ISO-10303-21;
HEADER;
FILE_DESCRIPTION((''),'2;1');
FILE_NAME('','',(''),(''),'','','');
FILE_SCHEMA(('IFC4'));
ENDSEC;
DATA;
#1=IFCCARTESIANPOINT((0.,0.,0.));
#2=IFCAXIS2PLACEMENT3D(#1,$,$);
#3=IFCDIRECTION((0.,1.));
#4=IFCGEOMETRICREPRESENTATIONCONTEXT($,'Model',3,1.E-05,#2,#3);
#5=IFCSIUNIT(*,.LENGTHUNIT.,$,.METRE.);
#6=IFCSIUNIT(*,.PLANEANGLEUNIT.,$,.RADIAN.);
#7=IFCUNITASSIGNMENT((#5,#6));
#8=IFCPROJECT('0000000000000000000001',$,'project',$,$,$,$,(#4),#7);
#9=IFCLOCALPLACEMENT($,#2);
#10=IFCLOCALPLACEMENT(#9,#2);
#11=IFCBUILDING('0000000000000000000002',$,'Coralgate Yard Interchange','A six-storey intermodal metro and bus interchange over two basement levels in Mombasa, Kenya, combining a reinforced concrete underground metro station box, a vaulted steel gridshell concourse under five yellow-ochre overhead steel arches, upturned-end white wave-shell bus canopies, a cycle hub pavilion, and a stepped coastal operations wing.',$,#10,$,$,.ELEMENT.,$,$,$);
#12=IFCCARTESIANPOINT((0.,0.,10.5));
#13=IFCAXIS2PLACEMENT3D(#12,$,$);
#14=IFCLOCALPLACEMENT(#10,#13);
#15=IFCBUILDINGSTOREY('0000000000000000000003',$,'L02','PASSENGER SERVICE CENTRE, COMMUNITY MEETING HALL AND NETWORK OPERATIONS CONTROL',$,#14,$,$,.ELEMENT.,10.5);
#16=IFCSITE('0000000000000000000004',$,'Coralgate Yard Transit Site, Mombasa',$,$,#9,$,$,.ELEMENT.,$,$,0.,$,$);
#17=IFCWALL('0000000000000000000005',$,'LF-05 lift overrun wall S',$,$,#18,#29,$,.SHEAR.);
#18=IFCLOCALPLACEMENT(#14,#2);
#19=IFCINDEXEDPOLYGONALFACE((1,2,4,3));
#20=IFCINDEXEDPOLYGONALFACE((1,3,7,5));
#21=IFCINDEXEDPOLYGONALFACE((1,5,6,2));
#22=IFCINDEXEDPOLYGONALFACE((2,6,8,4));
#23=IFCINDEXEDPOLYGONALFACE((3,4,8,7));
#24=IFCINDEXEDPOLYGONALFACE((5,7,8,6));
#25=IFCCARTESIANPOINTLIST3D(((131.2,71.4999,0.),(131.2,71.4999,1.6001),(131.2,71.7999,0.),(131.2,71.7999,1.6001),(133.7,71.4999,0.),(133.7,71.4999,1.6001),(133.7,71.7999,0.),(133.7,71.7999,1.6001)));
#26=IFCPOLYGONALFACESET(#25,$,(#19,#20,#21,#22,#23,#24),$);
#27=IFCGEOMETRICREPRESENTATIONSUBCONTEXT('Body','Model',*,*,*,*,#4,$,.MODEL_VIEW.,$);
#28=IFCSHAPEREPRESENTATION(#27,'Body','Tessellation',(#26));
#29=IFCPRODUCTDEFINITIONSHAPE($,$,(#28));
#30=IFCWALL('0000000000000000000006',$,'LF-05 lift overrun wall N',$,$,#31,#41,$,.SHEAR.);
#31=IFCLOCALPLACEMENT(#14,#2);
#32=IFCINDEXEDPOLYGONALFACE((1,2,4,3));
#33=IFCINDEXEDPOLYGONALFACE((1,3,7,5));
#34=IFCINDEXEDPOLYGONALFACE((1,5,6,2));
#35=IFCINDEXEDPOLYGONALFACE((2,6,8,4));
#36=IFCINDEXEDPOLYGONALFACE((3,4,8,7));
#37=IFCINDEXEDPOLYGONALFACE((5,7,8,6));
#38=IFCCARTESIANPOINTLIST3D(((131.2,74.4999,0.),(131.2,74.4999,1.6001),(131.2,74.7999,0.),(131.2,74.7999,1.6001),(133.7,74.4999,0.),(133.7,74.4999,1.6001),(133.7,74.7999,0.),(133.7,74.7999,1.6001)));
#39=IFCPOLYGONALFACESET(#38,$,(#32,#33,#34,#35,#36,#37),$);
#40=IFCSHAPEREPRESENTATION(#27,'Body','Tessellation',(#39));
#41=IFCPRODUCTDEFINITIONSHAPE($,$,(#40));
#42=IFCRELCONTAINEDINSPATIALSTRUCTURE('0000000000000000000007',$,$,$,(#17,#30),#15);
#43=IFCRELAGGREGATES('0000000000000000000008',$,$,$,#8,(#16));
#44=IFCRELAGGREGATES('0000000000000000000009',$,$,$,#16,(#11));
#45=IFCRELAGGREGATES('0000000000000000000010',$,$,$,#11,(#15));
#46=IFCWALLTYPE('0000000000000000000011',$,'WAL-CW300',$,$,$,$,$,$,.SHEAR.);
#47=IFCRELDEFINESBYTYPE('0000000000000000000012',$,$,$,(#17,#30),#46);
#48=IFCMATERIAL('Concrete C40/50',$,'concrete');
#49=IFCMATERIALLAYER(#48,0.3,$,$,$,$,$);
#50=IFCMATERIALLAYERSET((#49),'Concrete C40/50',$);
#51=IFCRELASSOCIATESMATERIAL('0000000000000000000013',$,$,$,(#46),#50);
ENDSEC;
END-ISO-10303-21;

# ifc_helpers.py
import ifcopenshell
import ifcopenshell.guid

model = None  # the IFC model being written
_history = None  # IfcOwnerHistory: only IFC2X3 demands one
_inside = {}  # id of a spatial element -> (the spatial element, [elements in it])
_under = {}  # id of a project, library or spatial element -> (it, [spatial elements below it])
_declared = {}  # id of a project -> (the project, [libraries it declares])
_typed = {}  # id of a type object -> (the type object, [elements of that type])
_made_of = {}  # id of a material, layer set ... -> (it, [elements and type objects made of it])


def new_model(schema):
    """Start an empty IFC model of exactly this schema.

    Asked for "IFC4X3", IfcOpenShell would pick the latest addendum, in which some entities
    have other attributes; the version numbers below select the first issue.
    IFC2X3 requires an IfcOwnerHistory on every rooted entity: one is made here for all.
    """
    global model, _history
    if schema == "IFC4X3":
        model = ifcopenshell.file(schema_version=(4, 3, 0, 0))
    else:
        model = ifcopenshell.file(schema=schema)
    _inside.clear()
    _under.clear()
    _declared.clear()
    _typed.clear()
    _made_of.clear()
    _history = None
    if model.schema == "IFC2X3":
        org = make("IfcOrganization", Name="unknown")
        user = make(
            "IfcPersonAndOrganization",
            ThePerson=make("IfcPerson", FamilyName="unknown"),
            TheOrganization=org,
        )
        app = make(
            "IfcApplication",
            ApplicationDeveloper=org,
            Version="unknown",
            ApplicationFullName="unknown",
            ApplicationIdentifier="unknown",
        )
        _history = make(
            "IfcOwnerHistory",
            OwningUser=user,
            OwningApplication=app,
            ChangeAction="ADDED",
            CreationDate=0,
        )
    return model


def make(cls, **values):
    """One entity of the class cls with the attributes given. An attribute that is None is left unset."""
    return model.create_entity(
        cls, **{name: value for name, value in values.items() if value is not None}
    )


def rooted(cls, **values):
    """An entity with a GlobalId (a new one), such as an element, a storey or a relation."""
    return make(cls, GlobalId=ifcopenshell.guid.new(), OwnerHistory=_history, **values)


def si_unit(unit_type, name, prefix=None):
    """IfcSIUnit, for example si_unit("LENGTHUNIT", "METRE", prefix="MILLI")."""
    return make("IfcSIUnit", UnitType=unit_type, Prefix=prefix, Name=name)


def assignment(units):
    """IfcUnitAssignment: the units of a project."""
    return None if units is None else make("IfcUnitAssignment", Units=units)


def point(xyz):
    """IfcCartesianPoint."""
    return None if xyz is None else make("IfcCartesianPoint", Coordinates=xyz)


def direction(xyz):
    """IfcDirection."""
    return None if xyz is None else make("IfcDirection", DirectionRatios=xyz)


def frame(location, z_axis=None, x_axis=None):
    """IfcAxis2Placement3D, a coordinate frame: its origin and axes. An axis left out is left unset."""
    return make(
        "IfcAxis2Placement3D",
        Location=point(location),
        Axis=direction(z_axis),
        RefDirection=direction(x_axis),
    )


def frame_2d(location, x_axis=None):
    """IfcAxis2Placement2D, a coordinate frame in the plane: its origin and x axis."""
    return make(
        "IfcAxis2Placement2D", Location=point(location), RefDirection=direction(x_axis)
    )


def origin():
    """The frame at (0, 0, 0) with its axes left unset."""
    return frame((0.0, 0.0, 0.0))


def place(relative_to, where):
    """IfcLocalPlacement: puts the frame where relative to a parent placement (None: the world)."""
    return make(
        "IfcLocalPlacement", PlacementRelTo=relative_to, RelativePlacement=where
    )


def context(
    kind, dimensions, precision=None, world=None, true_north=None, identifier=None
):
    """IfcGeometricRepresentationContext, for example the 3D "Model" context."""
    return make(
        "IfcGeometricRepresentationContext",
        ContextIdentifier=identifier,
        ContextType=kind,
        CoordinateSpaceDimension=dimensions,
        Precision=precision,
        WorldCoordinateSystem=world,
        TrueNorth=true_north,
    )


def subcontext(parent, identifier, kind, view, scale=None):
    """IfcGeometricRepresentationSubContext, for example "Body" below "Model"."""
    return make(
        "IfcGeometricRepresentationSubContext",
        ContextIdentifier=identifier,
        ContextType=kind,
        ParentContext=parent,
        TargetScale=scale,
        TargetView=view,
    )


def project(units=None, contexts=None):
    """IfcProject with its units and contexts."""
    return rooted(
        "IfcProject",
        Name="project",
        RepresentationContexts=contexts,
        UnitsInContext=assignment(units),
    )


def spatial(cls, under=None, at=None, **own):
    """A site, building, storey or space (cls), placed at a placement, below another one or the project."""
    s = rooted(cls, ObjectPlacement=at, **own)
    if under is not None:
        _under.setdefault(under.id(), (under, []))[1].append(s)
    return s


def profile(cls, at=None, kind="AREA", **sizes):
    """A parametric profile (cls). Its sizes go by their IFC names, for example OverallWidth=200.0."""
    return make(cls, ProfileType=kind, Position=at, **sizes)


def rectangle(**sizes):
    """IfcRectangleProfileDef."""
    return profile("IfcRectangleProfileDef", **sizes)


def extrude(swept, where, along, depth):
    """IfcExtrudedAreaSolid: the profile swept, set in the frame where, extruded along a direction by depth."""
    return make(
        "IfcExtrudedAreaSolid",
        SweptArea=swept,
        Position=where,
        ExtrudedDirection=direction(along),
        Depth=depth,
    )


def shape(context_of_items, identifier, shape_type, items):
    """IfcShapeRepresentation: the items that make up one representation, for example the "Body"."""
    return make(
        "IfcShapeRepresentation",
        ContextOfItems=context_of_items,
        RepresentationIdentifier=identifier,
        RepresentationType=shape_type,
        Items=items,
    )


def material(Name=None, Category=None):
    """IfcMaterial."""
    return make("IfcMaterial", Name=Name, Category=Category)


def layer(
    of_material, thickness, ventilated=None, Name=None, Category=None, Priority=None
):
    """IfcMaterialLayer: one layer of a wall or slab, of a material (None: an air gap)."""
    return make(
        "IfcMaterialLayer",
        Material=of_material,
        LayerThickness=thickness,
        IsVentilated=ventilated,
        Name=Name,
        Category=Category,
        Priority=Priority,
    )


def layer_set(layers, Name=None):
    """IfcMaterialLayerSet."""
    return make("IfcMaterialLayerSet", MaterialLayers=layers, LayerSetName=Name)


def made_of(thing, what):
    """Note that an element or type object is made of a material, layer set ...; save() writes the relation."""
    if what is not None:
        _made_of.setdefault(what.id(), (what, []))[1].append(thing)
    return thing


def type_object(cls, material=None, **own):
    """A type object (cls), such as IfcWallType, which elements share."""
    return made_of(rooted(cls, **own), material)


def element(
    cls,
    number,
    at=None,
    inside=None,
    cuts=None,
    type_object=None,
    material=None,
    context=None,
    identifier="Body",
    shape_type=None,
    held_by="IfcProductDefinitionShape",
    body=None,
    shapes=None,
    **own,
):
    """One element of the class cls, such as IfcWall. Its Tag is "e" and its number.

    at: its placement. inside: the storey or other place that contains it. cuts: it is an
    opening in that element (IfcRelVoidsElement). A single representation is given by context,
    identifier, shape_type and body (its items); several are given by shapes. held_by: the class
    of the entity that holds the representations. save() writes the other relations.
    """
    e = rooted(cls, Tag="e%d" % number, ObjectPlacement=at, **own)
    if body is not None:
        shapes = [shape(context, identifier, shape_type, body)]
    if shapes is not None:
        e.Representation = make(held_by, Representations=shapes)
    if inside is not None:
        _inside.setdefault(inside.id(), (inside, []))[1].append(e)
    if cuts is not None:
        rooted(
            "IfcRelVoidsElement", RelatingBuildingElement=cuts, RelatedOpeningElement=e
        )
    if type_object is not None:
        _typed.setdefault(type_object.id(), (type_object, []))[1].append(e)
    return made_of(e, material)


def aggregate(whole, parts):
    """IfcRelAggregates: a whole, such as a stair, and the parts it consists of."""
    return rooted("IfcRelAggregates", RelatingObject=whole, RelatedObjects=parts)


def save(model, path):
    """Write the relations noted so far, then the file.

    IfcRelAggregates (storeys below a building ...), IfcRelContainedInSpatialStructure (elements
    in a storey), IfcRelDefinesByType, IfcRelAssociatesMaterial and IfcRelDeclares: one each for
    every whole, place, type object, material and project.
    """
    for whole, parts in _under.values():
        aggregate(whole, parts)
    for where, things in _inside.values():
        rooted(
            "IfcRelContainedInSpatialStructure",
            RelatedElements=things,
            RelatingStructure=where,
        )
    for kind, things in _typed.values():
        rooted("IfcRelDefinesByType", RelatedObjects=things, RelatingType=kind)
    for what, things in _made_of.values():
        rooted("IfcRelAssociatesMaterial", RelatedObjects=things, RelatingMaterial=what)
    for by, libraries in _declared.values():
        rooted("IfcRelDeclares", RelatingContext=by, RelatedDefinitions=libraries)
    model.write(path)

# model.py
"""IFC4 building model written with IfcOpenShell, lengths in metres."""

from ifc_helpers import new_model, si_unit, direction, frame, frame_2d, origin, place, context, subcontext, project, spatial, rectangle, extrude, material, layer, layer_set, type_object, element, save


model = new_model("IFC4")

# Units and contexts
model_context = context("Model", 3, precision=1e-05, world=origin(), true_north=direction((0.0, 1.0)))
body_context = subcontext(model_context, "Body", "Model", "MODEL_VIEW")
ifc_project = project(units=[si_unit("LENGTHUNIT", "METRE"), si_unit("PLANEANGLEUNIT", "RADIAN")], contexts=[model_context])

# Site, building, storey
site_placement = place(None, origin())
site = spatial("IfcSite", under=ifc_project, at=site_placement, Name="Coralgate Yard Transit Site, Mombasa", CompositionType="ELEMENT", RefElevation=0.0)
building_placement = place(site_placement, origin())
building = spatial("IfcBuilding", under=site, at=building_placement, Name="Coralgate Yard Interchange", Description="A six-storey intermodal metro and bus interchange over two basement levels in Mombasa, Kenya, combining a reinforced concrete underground metro station box, a vaulted steel gridshell concourse under five yellow-ochre overhead steel arches, upturned-end white wave-shell bus canopies, a cycle hub pavilion, and a stepped coastal operations wing.", CompositionType="ELEMENT")
storey_placement = place(building_placement, frame((0.0, 0.0, 10.5)))
storey = spatial("IfcBuildingStorey", under=building, at=storey_placement, Name="L02", Description="PASSENGER SERVICE CENTRE, COMMUNITY MEETING HALL AND NETWORK OPERATIONS CONTROL", CompositionType="ELEMENT", Elevation=10.5)

# Walls
ifc_material_1 = material(Name="Concrete C40/50", Category="concrete")
ifc_layer_1 = layer(ifc_material_1, 0.3)
ifc_layer_set_1 = layer_set([ifc_layer_1], Name="Concrete C40/50")
wall_type = type_object("IfcWallType", Name="WAL-CW300", PredefinedType="SHEAR", material=ifc_layer_set_1)
for number, where, z_axis, x_axis, name in (
    (1, (131.2, 71.6499, 0.0), (0.0, 0.0, 1.0), (1.0, 0.0, 0.0), "LF-05 lift overrun wall S"),
    (2, (131.2, 74.6499, 0.0), (0.0, 0.0, 1.0), (1.0, 0.0, 0.0), "LF-05 lift overrun wall N"),
):
    element("IfcWall", number, at=place(storey_placement, frame(where, z_axis=z_axis, x_axis=x_axis)), inside=storey, type_object=wall_type, Name=name, PredefinedType="SHEAR", context=body_context, shape_type="SweptSolid", body=[
        extrude(rectangle(XDim=2.5, YDim=0.3, at=frame_2d((1.25, 0.0))), origin(), (0.0, 0.0, 1.0), 1.6001),
    ])

save(model, "model.ifc")
